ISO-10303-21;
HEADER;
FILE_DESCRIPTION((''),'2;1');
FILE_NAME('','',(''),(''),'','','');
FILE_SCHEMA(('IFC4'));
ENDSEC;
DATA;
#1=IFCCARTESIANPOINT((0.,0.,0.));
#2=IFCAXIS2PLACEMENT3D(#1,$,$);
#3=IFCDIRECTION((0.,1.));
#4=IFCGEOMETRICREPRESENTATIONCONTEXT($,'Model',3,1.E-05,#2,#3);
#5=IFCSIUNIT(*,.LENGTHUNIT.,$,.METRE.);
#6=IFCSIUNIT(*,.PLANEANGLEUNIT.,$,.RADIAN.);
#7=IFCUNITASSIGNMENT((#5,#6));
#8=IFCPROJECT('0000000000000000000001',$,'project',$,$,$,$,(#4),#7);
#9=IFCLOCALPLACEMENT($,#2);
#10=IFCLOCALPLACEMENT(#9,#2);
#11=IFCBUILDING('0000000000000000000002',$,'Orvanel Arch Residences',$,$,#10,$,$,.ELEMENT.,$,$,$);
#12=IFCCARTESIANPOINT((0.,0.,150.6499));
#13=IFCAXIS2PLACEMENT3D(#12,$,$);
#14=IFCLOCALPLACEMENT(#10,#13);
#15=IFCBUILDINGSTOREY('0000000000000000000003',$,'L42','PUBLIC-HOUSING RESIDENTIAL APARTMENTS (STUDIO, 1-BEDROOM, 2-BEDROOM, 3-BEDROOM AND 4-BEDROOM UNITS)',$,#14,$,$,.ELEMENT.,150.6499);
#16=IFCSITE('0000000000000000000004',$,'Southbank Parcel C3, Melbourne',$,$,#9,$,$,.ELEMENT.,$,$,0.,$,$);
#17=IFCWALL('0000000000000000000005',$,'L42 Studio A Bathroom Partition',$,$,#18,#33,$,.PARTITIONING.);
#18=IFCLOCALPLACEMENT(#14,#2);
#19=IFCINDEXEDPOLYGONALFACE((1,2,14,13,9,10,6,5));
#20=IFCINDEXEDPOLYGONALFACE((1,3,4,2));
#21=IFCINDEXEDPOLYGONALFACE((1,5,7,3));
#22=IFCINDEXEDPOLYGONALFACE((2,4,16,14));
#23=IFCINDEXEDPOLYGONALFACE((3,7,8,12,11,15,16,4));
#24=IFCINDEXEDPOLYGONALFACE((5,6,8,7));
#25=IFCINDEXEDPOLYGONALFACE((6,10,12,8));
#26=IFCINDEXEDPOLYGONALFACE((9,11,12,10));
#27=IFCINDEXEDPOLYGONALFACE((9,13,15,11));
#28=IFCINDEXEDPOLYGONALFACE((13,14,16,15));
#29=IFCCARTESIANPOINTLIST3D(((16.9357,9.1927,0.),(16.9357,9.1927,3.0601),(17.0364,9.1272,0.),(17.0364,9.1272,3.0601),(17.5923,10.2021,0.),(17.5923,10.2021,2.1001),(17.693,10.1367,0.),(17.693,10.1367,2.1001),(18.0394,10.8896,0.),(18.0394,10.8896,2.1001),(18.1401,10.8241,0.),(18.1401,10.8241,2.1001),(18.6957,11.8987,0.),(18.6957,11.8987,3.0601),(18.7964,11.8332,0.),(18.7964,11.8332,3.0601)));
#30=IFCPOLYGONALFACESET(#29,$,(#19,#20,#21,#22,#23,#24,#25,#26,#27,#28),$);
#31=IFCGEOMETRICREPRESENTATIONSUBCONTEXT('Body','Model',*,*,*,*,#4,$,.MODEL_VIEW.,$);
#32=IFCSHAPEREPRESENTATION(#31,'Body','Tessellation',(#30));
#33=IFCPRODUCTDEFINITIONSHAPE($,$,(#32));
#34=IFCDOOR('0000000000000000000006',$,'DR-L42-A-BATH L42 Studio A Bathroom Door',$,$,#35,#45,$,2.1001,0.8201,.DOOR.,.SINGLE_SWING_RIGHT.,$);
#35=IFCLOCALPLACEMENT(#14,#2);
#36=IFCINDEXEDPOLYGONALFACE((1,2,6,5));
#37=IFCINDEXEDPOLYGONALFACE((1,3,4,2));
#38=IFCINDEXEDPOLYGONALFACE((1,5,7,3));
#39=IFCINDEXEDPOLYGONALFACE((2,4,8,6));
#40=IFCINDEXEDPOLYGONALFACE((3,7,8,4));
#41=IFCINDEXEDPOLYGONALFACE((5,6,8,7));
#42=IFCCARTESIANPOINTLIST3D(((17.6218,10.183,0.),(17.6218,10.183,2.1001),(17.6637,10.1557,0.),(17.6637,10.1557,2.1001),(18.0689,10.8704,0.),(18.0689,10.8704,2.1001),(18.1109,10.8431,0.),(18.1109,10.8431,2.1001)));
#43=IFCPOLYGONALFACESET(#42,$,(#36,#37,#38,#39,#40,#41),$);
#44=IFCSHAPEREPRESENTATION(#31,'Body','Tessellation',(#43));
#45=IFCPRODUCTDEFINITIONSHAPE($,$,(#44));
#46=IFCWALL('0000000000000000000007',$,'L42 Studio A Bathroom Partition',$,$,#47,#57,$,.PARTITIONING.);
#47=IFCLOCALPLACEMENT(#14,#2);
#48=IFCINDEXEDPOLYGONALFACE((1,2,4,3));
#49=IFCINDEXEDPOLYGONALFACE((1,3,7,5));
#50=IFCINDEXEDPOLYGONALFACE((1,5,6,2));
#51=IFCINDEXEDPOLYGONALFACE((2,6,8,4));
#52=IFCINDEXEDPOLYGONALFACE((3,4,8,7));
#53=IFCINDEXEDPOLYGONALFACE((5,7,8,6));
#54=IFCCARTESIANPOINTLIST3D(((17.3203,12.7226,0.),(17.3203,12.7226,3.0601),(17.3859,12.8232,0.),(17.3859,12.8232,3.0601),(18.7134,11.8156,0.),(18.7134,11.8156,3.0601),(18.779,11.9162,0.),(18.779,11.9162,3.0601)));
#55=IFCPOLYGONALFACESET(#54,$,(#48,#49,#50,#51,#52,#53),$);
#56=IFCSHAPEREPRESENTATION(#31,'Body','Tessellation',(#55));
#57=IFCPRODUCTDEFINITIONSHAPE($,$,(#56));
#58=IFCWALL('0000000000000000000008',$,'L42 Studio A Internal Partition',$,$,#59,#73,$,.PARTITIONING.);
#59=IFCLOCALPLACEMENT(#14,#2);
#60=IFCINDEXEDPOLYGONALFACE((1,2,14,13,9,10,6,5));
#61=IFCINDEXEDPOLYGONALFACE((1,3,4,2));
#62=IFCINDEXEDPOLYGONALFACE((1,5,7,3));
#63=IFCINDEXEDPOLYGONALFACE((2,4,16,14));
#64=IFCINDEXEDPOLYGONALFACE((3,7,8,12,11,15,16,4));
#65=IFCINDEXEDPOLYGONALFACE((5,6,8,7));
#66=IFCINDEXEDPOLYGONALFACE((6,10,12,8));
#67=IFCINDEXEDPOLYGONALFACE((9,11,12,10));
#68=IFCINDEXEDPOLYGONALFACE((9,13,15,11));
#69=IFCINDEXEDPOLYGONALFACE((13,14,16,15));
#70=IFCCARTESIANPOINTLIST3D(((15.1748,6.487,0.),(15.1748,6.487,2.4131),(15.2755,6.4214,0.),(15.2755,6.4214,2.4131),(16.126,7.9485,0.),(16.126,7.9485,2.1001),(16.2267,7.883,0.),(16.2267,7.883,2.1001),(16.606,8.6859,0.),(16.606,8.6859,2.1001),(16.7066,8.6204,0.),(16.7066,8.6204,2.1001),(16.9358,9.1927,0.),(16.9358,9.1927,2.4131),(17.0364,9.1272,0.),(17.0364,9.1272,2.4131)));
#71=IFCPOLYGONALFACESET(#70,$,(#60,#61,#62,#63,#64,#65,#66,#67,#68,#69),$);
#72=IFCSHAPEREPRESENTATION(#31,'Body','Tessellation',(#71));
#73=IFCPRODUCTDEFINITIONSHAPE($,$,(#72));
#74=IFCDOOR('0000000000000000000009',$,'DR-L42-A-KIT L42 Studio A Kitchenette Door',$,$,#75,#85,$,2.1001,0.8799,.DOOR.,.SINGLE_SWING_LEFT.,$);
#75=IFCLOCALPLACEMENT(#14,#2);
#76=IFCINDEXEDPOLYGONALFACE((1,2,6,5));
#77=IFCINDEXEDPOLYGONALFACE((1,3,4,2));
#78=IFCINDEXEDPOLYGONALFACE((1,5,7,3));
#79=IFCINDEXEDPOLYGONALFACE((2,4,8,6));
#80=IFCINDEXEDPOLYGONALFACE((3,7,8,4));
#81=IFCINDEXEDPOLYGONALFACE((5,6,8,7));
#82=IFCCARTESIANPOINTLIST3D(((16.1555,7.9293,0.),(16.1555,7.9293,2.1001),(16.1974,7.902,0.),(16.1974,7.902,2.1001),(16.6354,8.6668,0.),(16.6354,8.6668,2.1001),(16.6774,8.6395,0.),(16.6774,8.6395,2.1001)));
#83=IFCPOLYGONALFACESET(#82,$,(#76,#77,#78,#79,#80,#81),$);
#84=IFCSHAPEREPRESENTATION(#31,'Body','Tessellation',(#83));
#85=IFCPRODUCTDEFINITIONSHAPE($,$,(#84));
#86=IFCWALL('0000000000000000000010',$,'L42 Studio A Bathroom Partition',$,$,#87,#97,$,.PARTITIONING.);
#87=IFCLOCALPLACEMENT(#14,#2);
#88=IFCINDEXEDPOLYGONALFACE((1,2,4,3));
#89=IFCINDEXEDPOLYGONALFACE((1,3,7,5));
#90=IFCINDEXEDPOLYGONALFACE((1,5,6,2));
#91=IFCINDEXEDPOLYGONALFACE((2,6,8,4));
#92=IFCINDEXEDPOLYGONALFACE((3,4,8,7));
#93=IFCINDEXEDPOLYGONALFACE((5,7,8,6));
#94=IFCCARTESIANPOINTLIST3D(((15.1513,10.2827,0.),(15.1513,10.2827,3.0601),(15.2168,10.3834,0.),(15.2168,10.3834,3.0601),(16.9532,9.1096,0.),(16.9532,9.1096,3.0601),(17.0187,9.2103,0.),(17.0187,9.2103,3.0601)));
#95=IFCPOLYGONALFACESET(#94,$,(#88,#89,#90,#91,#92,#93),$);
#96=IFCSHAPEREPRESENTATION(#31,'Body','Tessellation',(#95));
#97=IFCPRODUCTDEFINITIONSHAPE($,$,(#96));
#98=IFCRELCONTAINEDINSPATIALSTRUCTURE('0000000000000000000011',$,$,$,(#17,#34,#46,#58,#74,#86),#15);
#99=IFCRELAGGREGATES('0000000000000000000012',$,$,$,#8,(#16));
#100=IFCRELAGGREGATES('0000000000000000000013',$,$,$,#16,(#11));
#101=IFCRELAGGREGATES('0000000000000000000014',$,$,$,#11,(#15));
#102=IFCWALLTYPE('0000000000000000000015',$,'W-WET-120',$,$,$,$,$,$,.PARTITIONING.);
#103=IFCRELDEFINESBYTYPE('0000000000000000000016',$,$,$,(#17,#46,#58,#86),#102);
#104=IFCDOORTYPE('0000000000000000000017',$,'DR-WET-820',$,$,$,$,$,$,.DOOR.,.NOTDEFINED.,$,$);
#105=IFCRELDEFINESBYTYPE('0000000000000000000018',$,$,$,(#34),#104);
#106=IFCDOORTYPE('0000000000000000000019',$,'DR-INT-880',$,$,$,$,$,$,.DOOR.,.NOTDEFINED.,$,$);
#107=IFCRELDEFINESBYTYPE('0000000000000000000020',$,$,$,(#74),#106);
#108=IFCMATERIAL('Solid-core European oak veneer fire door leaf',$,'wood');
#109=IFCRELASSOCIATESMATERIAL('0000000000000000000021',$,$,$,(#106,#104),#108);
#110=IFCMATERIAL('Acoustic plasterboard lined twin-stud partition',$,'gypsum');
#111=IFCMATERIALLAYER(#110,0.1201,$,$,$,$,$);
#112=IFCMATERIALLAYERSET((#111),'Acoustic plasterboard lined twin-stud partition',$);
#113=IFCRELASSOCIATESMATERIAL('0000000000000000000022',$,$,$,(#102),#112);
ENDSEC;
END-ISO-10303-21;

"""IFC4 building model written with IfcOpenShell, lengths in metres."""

from ifc_helpers import new_model, si_unit, direction, frame, frame_2d, origin, place, context, subcontext, project, spatial, rectangle, extrude, material, layer, layer_set, type_object, element, fill, save


model = new_model("IFC4")

# Units and contexts
model_context = context("Model", 3, precision=1e-05, world=origin(), true_north=direction((0.0, 1.0)))
body_context = subcontext(model_context, "Body", "Model", "MODEL_VIEW")
ifc_project = project(units=[si_unit("LENGTHUNIT", "METRE"), si_unit("PLANEANGLEUNIT", "RADIAN")], contexts=[model_context])

# Site, building, storey
site_placement = place(None, origin())
site = spatial("IfcSite", under=ifc_project, at=site_placement, Name="Southbank Parcel C3, Melbourne", CompositionType="ELEMENT", RefElevation=0.0)
building_placement = place(site_placement, origin())
building = spatial("IfcBuilding", under=site, at=building_placement, Name="Orvanel Arch Residences", CompositionType="ELEMENT")
storey_placement = place(building_placement, frame((0.0, 0.0, 150.6499)))
storey = spatial("IfcBuildingStorey", under=building, at=storey_placement, Name="L42", Description="PUBLIC-HOUSING RESIDENTIAL APARTMENTS (STUDIO, 1-BEDROOM, 2-BEDROOM, 3-BEDROOM AND 4-BEDROOM UNITS)", CompositionType="ELEMENT", Elevation=150.6499)

# Shared definitions
ifc_material_1 = material(Name="Solid-core European oak veneer fire door leaf", Category="wood")
door_type_1 = type_object("IfcDoorType", Name="DR-INT-880", OperationType="NOTDEFINED", PredefinedType="DOOR", material=ifc_material_1)

# Wall, opening, door
ifc_material_2 = material(Name="Acoustic plasterboard lined twin-stud partition", Category="gypsum")
ifc_layer_1 = layer(ifc_material_2, 0.1201)
ifc_layer_set_1 = layer_set([ifc_layer_1], Name="Acoustic plasterboard lined twin-stud partition")
wall_type_1 = type_object("IfcWallType", Name="W-WET-120", PredefinedType="PARTITIONING", material=ifc_layer_set_1)
wall_1_placement = place(storey_placement, frame((16.9861, 9.1599, 0.0), z_axis=(0.0, 0.0, 1.0), x_axis=(0.545222, 0.838292, 0.0)))
wall_1 = element("IfcWall", 1, at=wall_1_placement, inside=storey, type_object=wall_type_1, Name="L42 Studio A Bathroom Partition", PredefinedType="PARTITIONING", context=body_context, shape_type="SweptSolid", body=[
    extrude(rectangle(XDim=3.228, YDim=0.1201, at=frame_2d((1.614, 0.0))), origin(), (0.0, 0.0, 1.0), 3.0601),
])
opening_1_placement = place(wall_1_placement, frame((1.2041, 0.0, 0.0)))
opening_1 = element("IfcOpeningElement", 2, at=opening_1_placement, cuts=wall_1, PredefinedType="OPENING", context=body_context, shape_type="SweptSolid", body=[
    extrude(rectangle(XDim=0.8201, YDim=2.1001, at=frame_2d((0.4102, 1.05))), frame((0.0, 0.0701, 0.0), z_axis=(0.0, -1.0, 0.0), x_axis=(1.0, 0.0, 0.0)), (0.0, 0.0, 1.0), 0.1401),
])
door_type_2 = type_object("IfcDoorType", Name="DR-WET-820", OperationType="NOTDEFINED", PredefinedType="DOOR", material=ifc_material_1)
door_1_placement = place(opening_1_placement, origin())
door_1 = element("IfcDoor", 3, at=door_1_placement, inside=storey, type_object=door_type_2, Name="DR-L42-A-BATH L42 Studio A Bathroom Door", OperationType="SINGLE_SWING_RIGHT", OverallHeight=2.1001, OverallWidth=0.8201, PredefinedType="DOOR", context=body_context, shape_type="SweptSolid", body=[
    extrude(rectangle(XDim=0.8201, YDim=2.1001, at=frame_2d((0.4102, 1.05))), frame((0.0, 0.0249, 0.0), z_axis=(0.0, -1.0, 0.0), x_axis=(1.0, 0.0, 0.0)), (0.0, 0.0, 1.0), 0.05),
])
fill(opening_1, door_1)

# Wall
wall_2_placement = place(storey_placement, frame((18.7461, 11.866, 0.0), z_axis=(0.0, 0.0, 1.0), x_axis=(-0.838034, 0.545618, 0.0)))
element("IfcWall", 4, at=wall_2_placement, inside=storey, type_object=wall_type_1, Name="L42 Studio A Bathroom Partition", PredefinedType="PARTITIONING", context=body_context, shape_type="SweptSolid", body=[
    extrude(rectangle(XDim=1.6624, YDim=0.1201, at=frame_2d((0.8311, 0.0))), origin(), (0.0, 0.0, 1.0), 3.0601),
])

# Wall, opening, door
wall_3_placement = place(storey_placement, frame((15.2251, 6.4541, 0.0), z_axis=(0.0, 0.0, 1.0), x_axis=(0.545469, 0.838131, 0.0)))
wall_3 = element("IfcWall", 5, at=wall_3_placement, inside=storey, type_object=wall_type_1, Name="L42 Studio A Internal Partition", PredefinedType="PARTITIONING", context=body_context, shape_type="SweptSolid", body=[
    extrude(rectangle(XDim=3.2283, YDim=0.1201, at=frame_2d((1.6143, 0.0))), origin(), (0.0, 0.0, 1.0), 2.4131),
])
opening_2_placement = place(wall_3_placement, frame((1.7439, 0.0, 0.0)))
opening_2 = element("IfcOpeningElement", 6, at=opening_2_placement, cuts=wall_3, PredefinedType="OPENING", context=body_context, shape_type="SweptSolid", body=[
    extrude(rectangle(XDim=0.8799, YDim=2.1001, at=frame_2d((0.4399, 1.05))), frame((0.0, 0.0701, 0.0), z_axis=(0.0, -1.0, 0.0), x_axis=(1.0, 0.0, 0.0)), (0.0, 0.0, 1.0), 0.1401),
])
door_2_placement = place(opening_2_placement, origin())
door_2 = element("IfcDoor", 7, at=door_2_placement, inside=storey, type_object=door_type_1, Name="DR-L42-A-KIT L42 Studio A Kitchenette Door", OperationType="SINGLE_SWING_LEFT", OverallHeight=2.1001, OverallWidth=0.8799, PredefinedType="DOOR", context=body_context, shape_type="SweptSolid", body=[
    extrude(rectangle(XDim=0.8799, YDim=2.1001, at=frame_2d((0.4399, 1.05))), frame((0.0, 0.0249, 0.0), z_axis=(0.0, -1.0, 0.0), x_axis=(1.0, 0.0, 0.0)), (0.0, 0.0, 1.0), 0.05),
])
fill(opening_2, door_2)

# Wall
wall_4_placement = place(storey_placement, frame((16.9861, 9.1599, 0.0), z_axis=(0.0, 0.0, 1.0), x_axis=(-0.838062, 0.545575, 0.0)))
element("IfcWall", 8, at=wall_4_placement, inside=storey, type_object=wall_type_1, Name="L42 Studio A Bathroom Partition", PredefinedType="PARTITIONING", context=body_context, shape_type="SweptSolid", body=[
    extrude(rectangle(XDim=2.1501, YDim=0.1201, at=frame_2d((1.0752, 0.0))), origin(), (0.0, 0.0, 1.0), 3.0601),
])

save(model, "model.ifc")
